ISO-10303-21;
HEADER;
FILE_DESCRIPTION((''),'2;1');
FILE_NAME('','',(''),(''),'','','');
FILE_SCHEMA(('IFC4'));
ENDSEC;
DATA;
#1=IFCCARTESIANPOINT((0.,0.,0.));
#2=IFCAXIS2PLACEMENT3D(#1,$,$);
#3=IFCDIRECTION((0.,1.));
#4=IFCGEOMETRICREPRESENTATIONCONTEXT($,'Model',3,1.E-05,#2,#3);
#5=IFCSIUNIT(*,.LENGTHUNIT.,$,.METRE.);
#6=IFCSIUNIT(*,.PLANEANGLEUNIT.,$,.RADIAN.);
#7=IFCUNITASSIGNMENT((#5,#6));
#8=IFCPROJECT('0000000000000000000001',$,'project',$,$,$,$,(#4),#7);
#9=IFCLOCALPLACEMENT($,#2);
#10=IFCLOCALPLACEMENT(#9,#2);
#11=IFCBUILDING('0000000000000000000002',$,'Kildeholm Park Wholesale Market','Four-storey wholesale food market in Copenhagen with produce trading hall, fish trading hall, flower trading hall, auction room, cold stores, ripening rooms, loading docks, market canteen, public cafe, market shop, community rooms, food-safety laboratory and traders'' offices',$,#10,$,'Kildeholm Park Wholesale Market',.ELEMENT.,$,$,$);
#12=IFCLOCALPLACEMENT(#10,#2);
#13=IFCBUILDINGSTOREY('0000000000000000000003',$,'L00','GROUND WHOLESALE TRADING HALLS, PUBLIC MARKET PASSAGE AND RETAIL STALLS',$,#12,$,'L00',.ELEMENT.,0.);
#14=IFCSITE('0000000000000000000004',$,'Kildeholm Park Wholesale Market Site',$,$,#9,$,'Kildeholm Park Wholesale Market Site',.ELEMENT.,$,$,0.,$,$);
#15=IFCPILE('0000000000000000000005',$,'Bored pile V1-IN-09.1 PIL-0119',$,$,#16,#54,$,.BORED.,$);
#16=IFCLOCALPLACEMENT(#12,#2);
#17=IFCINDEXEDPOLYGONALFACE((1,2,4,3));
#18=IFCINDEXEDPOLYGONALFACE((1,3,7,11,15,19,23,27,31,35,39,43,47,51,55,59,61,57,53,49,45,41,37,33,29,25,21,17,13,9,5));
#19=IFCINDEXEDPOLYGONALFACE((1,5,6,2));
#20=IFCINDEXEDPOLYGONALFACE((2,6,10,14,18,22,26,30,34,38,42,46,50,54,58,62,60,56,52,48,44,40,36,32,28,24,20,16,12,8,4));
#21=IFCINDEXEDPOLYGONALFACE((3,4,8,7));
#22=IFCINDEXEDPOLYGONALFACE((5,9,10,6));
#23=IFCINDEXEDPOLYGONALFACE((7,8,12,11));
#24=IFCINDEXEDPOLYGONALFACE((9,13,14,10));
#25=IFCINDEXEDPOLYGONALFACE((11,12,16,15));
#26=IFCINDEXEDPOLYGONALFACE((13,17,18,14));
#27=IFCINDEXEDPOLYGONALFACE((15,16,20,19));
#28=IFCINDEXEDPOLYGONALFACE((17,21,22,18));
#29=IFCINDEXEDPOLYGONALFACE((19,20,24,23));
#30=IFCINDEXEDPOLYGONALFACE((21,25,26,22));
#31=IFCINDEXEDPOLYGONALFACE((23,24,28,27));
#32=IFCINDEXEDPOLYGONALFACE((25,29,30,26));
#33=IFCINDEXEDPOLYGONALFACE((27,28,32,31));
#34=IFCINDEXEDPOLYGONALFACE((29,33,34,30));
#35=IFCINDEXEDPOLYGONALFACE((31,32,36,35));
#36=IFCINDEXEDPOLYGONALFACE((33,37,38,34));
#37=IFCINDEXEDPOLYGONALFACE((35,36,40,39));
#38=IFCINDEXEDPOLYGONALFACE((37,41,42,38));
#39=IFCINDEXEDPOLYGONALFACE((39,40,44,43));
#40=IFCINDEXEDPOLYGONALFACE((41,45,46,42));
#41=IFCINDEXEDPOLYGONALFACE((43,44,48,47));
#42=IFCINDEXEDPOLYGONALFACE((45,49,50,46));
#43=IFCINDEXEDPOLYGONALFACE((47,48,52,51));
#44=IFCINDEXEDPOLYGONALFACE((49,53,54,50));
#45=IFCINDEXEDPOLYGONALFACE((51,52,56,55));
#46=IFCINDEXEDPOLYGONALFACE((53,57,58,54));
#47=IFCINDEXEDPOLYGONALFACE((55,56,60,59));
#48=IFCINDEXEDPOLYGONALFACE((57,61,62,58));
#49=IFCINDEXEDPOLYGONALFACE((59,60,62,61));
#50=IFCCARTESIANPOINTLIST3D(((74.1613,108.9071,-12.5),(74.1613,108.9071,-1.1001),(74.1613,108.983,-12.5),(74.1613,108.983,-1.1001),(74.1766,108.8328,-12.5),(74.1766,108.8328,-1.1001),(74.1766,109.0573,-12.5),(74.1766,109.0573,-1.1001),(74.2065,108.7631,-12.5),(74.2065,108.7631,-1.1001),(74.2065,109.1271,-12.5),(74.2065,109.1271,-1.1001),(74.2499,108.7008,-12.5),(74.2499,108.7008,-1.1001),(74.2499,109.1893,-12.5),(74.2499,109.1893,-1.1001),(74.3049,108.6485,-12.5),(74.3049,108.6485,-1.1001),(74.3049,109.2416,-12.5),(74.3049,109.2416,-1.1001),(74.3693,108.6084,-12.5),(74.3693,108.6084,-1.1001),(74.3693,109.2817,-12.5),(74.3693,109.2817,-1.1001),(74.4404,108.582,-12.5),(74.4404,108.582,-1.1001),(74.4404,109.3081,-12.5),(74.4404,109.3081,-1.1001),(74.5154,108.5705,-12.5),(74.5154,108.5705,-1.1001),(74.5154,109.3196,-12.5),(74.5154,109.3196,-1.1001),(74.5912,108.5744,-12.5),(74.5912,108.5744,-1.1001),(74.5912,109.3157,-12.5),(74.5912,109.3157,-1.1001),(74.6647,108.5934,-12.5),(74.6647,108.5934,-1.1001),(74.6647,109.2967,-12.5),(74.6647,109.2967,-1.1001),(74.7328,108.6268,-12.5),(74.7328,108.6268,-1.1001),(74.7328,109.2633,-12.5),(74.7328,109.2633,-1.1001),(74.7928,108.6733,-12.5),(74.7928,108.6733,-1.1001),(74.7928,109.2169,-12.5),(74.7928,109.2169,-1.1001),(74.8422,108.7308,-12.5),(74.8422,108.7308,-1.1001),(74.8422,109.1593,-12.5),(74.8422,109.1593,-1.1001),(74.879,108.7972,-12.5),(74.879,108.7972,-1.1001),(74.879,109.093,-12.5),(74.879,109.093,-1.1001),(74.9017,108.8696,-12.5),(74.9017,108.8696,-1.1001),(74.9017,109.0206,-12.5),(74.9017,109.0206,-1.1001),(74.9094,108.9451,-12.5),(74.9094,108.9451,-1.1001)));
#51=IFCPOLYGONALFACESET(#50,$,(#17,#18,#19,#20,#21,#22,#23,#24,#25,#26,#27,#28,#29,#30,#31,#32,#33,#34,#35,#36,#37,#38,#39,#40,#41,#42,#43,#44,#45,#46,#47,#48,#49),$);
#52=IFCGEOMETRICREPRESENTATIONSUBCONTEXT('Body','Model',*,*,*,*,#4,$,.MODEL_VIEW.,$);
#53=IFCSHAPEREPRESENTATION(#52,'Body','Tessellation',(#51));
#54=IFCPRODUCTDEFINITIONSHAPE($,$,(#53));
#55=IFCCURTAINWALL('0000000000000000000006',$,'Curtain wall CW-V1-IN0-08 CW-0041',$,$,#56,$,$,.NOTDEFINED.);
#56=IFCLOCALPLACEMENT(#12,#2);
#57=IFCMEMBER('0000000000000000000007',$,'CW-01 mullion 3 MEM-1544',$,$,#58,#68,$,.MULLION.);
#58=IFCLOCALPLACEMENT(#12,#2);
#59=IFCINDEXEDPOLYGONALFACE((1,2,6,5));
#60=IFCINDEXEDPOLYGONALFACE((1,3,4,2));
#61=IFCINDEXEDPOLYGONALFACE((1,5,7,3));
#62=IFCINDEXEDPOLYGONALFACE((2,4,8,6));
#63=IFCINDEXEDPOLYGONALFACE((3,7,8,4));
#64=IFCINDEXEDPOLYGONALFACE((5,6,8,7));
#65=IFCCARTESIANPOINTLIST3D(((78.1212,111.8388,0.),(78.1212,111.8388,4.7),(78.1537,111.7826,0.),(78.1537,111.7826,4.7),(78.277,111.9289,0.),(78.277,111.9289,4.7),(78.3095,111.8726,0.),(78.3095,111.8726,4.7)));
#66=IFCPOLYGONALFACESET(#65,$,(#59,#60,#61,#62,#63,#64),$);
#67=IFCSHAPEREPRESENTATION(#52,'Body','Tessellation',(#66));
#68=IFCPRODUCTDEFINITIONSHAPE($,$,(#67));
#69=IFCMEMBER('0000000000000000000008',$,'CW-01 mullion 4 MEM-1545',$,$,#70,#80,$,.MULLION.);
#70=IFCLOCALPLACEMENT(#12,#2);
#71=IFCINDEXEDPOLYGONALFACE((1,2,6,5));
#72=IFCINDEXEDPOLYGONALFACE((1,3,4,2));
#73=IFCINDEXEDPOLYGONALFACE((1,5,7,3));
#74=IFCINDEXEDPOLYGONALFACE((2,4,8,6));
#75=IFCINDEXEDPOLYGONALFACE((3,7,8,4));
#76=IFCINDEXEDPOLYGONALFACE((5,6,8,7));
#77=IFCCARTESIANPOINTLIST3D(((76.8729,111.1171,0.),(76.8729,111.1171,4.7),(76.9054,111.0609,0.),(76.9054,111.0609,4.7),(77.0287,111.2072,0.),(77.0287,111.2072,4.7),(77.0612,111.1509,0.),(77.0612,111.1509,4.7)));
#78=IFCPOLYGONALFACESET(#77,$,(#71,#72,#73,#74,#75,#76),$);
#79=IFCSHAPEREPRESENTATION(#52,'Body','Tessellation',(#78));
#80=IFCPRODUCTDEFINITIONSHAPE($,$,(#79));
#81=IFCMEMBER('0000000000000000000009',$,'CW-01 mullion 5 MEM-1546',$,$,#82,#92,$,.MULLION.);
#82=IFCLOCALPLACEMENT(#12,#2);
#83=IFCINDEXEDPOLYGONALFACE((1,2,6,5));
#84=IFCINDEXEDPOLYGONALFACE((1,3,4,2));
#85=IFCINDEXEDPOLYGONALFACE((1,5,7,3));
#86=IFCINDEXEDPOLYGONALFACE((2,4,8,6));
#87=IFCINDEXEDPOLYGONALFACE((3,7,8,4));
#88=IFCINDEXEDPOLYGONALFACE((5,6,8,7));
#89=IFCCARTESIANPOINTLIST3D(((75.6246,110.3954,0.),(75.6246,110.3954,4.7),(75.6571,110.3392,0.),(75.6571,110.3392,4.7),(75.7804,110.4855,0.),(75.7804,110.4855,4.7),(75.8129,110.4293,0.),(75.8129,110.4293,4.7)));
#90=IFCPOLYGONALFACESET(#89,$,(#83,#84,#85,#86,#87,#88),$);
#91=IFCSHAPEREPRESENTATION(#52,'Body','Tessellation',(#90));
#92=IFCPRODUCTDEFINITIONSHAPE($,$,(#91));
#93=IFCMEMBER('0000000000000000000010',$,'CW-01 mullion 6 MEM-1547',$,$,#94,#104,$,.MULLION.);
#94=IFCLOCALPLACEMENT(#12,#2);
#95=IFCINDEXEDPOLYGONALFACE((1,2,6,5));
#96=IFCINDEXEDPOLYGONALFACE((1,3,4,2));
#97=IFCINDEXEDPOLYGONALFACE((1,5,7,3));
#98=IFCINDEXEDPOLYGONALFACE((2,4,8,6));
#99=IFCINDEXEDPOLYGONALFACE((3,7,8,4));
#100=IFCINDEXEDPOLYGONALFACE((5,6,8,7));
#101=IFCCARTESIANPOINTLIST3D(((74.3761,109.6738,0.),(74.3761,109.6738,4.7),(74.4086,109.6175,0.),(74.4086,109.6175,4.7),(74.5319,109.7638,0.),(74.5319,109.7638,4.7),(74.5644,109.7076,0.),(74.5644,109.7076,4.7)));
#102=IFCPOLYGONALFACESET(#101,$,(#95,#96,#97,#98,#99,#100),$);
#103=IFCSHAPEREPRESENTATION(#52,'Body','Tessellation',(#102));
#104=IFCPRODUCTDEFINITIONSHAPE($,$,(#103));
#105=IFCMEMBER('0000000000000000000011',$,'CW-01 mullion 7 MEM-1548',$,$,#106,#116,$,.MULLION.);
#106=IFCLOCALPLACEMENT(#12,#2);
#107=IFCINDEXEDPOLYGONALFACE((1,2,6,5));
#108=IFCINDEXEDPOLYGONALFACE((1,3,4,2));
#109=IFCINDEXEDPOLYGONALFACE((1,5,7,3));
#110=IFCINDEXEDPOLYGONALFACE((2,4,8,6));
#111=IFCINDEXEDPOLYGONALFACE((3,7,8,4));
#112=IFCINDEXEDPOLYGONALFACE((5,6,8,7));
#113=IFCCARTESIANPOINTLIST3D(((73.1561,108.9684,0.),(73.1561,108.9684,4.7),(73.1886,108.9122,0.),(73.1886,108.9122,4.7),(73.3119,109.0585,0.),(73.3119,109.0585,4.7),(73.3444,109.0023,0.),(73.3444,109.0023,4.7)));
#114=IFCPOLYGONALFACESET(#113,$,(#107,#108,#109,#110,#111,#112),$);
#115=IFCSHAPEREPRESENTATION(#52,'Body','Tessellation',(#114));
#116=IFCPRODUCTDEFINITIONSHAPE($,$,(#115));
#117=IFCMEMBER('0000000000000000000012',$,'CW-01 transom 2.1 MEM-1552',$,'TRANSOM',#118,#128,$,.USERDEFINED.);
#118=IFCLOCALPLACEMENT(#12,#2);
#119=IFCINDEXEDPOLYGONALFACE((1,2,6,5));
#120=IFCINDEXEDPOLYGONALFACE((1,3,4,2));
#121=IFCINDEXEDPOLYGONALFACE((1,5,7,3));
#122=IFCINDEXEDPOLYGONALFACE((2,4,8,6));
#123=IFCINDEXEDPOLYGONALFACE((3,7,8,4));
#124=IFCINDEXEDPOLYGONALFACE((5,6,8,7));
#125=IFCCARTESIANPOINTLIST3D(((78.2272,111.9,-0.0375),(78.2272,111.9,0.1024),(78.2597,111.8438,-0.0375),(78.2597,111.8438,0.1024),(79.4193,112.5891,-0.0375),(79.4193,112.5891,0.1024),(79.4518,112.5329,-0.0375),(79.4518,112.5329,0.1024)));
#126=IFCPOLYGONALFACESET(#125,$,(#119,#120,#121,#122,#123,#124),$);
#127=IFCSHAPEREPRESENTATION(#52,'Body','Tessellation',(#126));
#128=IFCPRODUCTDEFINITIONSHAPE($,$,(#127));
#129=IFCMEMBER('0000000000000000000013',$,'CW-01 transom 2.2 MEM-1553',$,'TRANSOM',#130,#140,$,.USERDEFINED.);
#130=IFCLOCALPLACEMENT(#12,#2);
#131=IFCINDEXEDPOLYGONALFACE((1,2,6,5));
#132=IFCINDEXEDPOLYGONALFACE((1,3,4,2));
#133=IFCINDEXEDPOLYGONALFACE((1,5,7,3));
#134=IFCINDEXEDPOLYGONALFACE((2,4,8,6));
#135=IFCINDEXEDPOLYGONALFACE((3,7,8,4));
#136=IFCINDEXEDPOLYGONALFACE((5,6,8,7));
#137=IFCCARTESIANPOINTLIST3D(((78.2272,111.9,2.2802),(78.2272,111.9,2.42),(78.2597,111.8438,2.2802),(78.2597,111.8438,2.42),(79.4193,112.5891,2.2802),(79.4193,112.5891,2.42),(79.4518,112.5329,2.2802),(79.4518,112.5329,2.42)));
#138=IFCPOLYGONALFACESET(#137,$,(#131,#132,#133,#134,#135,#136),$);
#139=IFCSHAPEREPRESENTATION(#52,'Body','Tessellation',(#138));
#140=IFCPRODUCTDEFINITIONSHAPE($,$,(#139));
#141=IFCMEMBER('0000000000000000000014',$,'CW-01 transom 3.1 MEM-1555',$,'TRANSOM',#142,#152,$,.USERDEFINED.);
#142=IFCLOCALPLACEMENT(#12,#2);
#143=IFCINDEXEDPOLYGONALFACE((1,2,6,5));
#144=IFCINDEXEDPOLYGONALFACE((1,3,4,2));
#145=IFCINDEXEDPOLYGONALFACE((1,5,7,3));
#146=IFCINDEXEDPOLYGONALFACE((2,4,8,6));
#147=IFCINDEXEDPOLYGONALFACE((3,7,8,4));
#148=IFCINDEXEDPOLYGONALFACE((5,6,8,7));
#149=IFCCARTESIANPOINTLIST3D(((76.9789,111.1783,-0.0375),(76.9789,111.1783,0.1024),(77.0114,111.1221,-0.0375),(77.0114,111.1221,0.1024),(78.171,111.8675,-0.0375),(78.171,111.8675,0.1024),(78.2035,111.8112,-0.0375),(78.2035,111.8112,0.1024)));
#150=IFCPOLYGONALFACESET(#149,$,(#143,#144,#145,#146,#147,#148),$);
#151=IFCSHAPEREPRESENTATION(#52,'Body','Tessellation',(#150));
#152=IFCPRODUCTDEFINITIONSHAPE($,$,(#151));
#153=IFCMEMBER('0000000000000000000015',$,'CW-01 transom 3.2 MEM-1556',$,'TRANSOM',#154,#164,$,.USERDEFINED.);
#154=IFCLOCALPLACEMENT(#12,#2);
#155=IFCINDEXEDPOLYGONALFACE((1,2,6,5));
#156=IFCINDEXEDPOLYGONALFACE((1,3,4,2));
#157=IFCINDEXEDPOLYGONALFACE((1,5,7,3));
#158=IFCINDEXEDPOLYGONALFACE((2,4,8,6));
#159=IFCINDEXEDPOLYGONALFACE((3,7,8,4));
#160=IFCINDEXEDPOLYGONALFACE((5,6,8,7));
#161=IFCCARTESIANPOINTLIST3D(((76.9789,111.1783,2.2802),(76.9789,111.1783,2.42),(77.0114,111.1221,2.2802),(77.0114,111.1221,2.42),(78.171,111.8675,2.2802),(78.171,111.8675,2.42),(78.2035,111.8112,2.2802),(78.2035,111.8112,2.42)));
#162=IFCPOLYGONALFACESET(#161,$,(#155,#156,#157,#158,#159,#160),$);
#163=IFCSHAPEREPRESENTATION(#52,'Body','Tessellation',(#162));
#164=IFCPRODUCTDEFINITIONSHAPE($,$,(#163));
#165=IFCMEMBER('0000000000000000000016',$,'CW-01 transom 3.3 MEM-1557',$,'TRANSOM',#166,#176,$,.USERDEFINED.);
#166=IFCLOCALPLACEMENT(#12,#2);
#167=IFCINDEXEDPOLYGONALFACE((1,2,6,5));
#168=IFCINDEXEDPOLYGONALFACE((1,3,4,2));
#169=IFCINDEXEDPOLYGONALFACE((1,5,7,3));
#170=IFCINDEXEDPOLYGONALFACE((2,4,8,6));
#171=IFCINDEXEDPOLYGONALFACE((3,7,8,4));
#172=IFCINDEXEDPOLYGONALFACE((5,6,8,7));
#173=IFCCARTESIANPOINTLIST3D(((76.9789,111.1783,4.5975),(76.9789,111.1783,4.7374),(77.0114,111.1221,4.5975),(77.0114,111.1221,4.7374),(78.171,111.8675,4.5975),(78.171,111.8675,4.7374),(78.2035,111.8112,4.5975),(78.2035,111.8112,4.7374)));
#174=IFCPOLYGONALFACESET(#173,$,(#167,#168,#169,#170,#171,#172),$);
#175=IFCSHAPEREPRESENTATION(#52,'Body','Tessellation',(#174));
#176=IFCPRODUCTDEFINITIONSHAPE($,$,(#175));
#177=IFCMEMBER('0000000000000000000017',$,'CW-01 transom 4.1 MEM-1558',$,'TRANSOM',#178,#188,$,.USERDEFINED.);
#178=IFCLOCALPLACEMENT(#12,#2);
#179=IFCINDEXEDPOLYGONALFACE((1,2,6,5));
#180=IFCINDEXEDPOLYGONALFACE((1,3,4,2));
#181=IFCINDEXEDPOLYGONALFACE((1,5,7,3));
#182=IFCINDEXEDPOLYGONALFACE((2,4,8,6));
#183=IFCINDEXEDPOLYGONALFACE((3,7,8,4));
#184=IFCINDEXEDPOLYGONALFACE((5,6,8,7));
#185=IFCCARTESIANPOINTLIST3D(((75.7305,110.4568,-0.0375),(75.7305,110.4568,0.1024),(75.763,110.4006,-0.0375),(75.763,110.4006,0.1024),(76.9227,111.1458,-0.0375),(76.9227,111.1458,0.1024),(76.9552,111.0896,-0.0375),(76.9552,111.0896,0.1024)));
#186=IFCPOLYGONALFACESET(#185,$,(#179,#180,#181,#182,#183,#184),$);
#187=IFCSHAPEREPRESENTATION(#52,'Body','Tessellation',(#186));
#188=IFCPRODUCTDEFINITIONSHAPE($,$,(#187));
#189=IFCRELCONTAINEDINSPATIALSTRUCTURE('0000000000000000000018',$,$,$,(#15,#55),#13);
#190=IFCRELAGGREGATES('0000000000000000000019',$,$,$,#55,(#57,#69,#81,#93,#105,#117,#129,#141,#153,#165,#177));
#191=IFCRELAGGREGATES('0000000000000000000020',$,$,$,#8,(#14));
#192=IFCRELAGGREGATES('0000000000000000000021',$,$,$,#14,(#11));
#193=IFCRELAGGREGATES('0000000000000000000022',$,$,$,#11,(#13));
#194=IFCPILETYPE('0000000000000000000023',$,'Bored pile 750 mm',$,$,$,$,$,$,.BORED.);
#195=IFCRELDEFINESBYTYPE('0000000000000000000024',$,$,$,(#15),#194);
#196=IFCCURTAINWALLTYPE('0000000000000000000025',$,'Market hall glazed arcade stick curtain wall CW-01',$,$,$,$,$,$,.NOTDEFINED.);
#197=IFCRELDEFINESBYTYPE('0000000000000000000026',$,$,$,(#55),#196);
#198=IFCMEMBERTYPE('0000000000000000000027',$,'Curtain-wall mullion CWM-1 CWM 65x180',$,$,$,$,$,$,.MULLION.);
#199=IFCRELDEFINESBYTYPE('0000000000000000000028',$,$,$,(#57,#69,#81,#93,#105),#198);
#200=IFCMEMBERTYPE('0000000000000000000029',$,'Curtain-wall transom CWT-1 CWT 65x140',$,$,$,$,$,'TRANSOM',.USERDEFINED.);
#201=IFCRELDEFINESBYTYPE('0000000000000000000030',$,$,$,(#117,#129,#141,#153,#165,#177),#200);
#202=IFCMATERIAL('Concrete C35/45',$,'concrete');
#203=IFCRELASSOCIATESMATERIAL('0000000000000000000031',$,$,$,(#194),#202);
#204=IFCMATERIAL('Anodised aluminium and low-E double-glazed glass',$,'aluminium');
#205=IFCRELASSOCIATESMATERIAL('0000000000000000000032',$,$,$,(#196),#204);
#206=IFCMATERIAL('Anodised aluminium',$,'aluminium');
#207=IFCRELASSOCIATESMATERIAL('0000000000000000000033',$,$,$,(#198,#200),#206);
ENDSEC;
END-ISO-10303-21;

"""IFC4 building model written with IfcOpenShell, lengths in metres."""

from ifc_helpers import new_model, si_unit, direction, frame, origin, origin_2d, place, context, subcontext, project, spatial, rectangle, circle, extrude, material, material_profile, profile_set, type_object, element, aggregate, save


model = new_model("IFC4")

# Units and contexts
model_context = context("Model", 3, precision=1e-05, world=origin(), true_north=direction((0.0, 1.0)))
body_context = subcontext(model_context, "Body", "Model", "MODEL_VIEW")
ifc_project = project(units=[si_unit("LENGTHUNIT", "METRE"), si_unit("PLANEANGLEUNIT", "RADIAN")], contexts=[model_context])

# Site, building, storey
site_placement = place(None, origin())
site = spatial("IfcSite", under=ifc_project, at=site_placement, Name="Kildeholm Park Wholesale Market Site", LongName="Kildeholm Park Wholesale Market Site", CompositionType="ELEMENT", RefElevation=0.0)
building_placement = place(site_placement, origin())
building = spatial("IfcBuilding", under=site, at=building_placement, Name="Kildeholm Park Wholesale Market", Description="Four-storey wholesale food market in Copenhagen with produce trading hall, fish trading hall, flower trading hall, auction room, cold stores, ripening rooms, loading docks, market canteen, public cafe, market shop, community rooms, food-safety laboratory and traders' offices", LongName="Kildeholm Park Wholesale Market", CompositionType="ELEMENT")
storey_placement = place(building_placement, origin())
storey = spatial("IfcBuildingStorey", under=building, at=storey_placement, Name="L00", Description="GROUND WHOLESALE TRADING HALLS, PUBLIC MARKET PASSAGE AND RETAIL STALLS", LongName="L00", CompositionType="ELEMENT", Elevation=0.0)

# Pile
ifc_material_1 = material(Name="Concrete C35/45", Category="concrete")
ifc_material_profile_1 = material_profile(ifc_material_1, circle(Radius=0.375, at=origin_2d()), Name="PILE D750")
ifc_profile_set_1 = profile_set([ifc_material_profile_1], Name="Concrete C35/45")
pile_type = type_object("IfcPileType", Name="Bored pile 750 mm", PredefinedType="BORED", material=ifc_profile_set_1)
pile_placement = place(storey_placement, frame((74.5344, 108.9451, -1.1001), z_axis=(0.0, 0.0, -1.0), x_axis=(1.0, 0.0, 0.0)))
element("IfcPile", 1, at=pile_placement, inside=storey, type_object=pile_type, Name="Bored pile V1-IN-09.1 PIL-0119", PredefinedType="BORED", context=body_context, shape_type="SweptSolid", body=[
    extrude(circle(Radius=0.375, at=origin_2d()), origin(), (0.0, 0.0, 1.0), 11.3999),
])

# Curtain wall, members
ifc_material_2 = material(Name="Anodised aluminium and low-E double-glazed glass", Category="aluminium")
curtain_wall_type = type_object("IfcCurtainWallType", Name="Market hall glazed arcade stick curtain wall CW-01", PredefinedType="NOTDEFINED", material=ifc_material_2)
curtain_wall_placement = place(storey_placement, origin())
curtain_wall = element("IfcCurtainWall", 2, at=curtain_wall_placement, inside=storey, type_object=curtain_wall_type, Name="Curtain wall CW-V1-IN0-08 CW-0041", PredefinedType="NOTDEFINED")
ifc_material_3 = material(Name="Anodised aluminium", Category="aluminium")
ifc_material_profile_2 = material_profile(ifc_material_3, rectangle(XDim=0.0649, YDim=0.1799, at=origin_2d()), Name="CWM 65x180")
ifc_profile_set_2 = profile_set([ifc_material_profile_2], Name="Anodised aluminium")
member_type_1 = type_object("IfcMemberType", Name="Curtain-wall mullion CWM-1 CWM 65x180", PredefinedType="MULLION", material=ifc_profile_set_2)
member_1_placement = place(storey_placement, frame((78.2153, 111.8557, 0.0), z_axis=(0.0, 0.0, 1.0), x_axis=(0.500489, -0.865743, 0.0)))
member_1 = element("IfcMember", 3, at=member_1_placement, type_object=member_type_1, Name="CW-01 mullion 3 MEM-1544", PredefinedType="MULLION", context=body_context, shape_type="SweptSolid", body=[
    extrude(rectangle(XDim=0.0649, YDim=0.1799, at=origin_2d()), origin(), (0.0, 0.0, 1.0), 4.7),
])
member_2_placement = place(storey_placement, frame((76.967, 111.134, 0.0), z_axis=(0.0, 0.0, 1.0), x_axis=(0.500489, -0.865743, 0.0)))
member_2 = element("IfcMember", 4, at=member_2_placement, type_object=member_type_1, Name="CW-01 mullion 4 MEM-1545", PredefinedType="MULLION", context=body_context, shape_type="SweptSolid", body=[
    extrude(rectangle(XDim=0.0649, YDim=0.1799, at=origin_2d()), origin(), (0.0, 0.0, 1.0), 4.7),
])
member_3_placement = place(storey_placement, frame((75.7188, 110.4124, 0.0), z_axis=(0.0, 0.0, 1.0), x_axis=(0.500489, -0.865743, 0.0)))
member_3 = element("IfcMember", 5, at=member_3_placement, type_object=member_type_1, Name="CW-01 mullion 5 MEM-1546", PredefinedType="MULLION", context=body_context, shape_type="SweptSolid", body=[
    extrude(rectangle(XDim=0.0649, YDim=0.1799, at=origin_2d()), origin(), (0.0, 0.0, 1.0), 4.7),
])
member_4_placement = place(storey_placement, frame((74.4702, 109.6907, 0.0), z_axis=(0.0, 0.0, 1.0), x_axis=(0.500489, -0.865743, 0.0)))
member_4 = element("IfcMember", 6, at=member_4_placement, type_object=member_type_1, Name="CW-01 mullion 6 MEM-1547", PredefinedType="MULLION", context=body_context, shape_type="SweptSolid", body=[
    extrude(rectangle(XDim=0.0649, YDim=0.1799, at=origin_2d()), origin(), (0.0, 0.0, 1.0), 4.7),
])
member_5_placement = place(storey_placement, frame((73.2502, 108.9854, 0.0), z_axis=(0.0, 0.0, 1.0), x_axis=(0.500489, -0.865743, 0.0)))
member_5 = element("IfcMember", 7, at=member_5_placement, type_object=member_type_1, Name="CW-01 mullion 7 MEM-1548", PredefinedType="MULLION", context=body_context, shape_type="SweptSolid", body=[
    extrude(rectangle(XDim=0.0649, YDim=0.1799, at=origin_2d()), origin(), (0.0, 0.0, 1.0), 4.7),
])
ifc_material_profile_3 = material_profile(ifc_material_3, rectangle(XDim=0.0649, YDim=0.1399, at=origin_2d()), Name="CWT 65x140")
ifc_profile_set_3 = profile_set([ifc_material_profile_3], Name="Anodised aluminium")
member_type_2 = type_object("IfcMemberType", Name="Curtain-wall transom CWT-1 CWT 65x140", ElementType="TRANSOM", PredefinedType="USERDEFINED", material=ifc_profile_set_3)
member_6_placement = place(storey_placement, frame((79.4355, 112.561, 0.0325), z_axis=(-0.865734, -0.500505, 0.0), x_axis=(0.500505, -0.865734, 0.0)))
member_6 = element("IfcMember", 8, at=member_6_placement, type_object=member_type_2, Name="CW-01 transom 2.1 MEM-1552", ObjectType="TRANSOM", PredefinedType="USERDEFINED", context=body_context, shape_type="SweptSolid", body=[
    extrude(rectangle(XDim=0.0649, YDim=0.1399, at=origin_2d()), origin(), (0.0, 0.0, 1.0), 1.377),
])
member_7_placement = place(storey_placement, frame((79.4355, 112.561, 2.3501), z_axis=(-0.865734, -0.500505, 0.0), x_axis=(0.500505, -0.865734, 0.0)))
member_7 = element("IfcMember", 9, at=member_7_placement, type_object=member_type_2, Name="CW-01 transom 2.2 MEM-1553", ObjectType="TRANSOM", PredefinedType="USERDEFINED", context=body_context, shape_type="SweptSolid", body=[
    extrude(rectangle(XDim=0.0649, YDim=0.1399, at=origin_2d()), origin(), (0.0, 0.0, 1.0), 1.377),
])
member_8_placement = place(storey_placement, frame((78.1873, 111.8394, 0.0325), z_axis=(-0.865734, -0.500505, 0.0), x_axis=(0.500505, -0.865734, 0.0)))
member_8 = element("IfcMember", 10, at=member_8_placement, type_object=member_type_2, Name="CW-01 transom 3.1 MEM-1555", ObjectType="TRANSOM", PredefinedType="USERDEFINED", context=body_context, shape_type="SweptSolid", body=[
    extrude(rectangle(XDim=0.0649, YDim=0.1399, at=origin_2d()), origin(), (0.0, 0.0, 1.0), 1.377),
])
member_9_placement = place(storey_placement, frame((78.1873, 111.8394, 2.3501), z_axis=(-0.865734, -0.500505, 0.0), x_axis=(0.500505, -0.865734, 0.0)))
member_9 = element("IfcMember", 11, at=member_9_placement, type_object=member_type_2, Name="CW-01 transom 3.2 MEM-1556", ObjectType="TRANSOM", PredefinedType="USERDEFINED", context=body_context, shape_type="SweptSolid", body=[
    extrude(rectangle(XDim=0.0649, YDim=0.1399, at=origin_2d()), origin(), (0.0, 0.0, 1.0), 1.377),
])
member_10_placement = place(storey_placement, frame((78.1873, 111.8394, 4.6675), z_axis=(-0.865734, -0.500505, 0.0), x_axis=(0.500505, -0.865734, 0.0)))
member_10 = element("IfcMember", 12, at=member_10_placement, type_object=member_type_2, Name="CW-01 transom 3.3 MEM-1557", ObjectType="TRANSOM", PredefinedType="USERDEFINED", context=body_context, shape_type="SweptSolid", body=[
    extrude(rectangle(XDim=0.0649, YDim=0.1399, at=origin_2d()), origin(), (0.0, 0.0, 1.0), 1.377),
])
member_11_placement = place(storey_placement, frame((76.939, 111.1177, 0.0325), z_axis=(-0.86581, -0.500372, 0.0), x_axis=(0.500372, -0.86581, 0.0)))
member_11 = element("IfcMember", 13, at=member_11_placement, type_object=member_type_2, Name="CW-01 transom 4.1 MEM-1558", ObjectType="TRANSOM", PredefinedType="USERDEFINED", context=body_context, shape_type="SweptSolid", body=[
    extrude(rectangle(XDim=0.0649, YDim=0.1399, at=origin_2d()), origin(), (0.0, 0.0, 1.0), 1.377),
])
aggregate(curtain_wall, [member_1, member_2, member_3, member_4, member_5, member_6, member_7, member_8, member_9, member_10, member_11])

save(model, "model.ifc")
